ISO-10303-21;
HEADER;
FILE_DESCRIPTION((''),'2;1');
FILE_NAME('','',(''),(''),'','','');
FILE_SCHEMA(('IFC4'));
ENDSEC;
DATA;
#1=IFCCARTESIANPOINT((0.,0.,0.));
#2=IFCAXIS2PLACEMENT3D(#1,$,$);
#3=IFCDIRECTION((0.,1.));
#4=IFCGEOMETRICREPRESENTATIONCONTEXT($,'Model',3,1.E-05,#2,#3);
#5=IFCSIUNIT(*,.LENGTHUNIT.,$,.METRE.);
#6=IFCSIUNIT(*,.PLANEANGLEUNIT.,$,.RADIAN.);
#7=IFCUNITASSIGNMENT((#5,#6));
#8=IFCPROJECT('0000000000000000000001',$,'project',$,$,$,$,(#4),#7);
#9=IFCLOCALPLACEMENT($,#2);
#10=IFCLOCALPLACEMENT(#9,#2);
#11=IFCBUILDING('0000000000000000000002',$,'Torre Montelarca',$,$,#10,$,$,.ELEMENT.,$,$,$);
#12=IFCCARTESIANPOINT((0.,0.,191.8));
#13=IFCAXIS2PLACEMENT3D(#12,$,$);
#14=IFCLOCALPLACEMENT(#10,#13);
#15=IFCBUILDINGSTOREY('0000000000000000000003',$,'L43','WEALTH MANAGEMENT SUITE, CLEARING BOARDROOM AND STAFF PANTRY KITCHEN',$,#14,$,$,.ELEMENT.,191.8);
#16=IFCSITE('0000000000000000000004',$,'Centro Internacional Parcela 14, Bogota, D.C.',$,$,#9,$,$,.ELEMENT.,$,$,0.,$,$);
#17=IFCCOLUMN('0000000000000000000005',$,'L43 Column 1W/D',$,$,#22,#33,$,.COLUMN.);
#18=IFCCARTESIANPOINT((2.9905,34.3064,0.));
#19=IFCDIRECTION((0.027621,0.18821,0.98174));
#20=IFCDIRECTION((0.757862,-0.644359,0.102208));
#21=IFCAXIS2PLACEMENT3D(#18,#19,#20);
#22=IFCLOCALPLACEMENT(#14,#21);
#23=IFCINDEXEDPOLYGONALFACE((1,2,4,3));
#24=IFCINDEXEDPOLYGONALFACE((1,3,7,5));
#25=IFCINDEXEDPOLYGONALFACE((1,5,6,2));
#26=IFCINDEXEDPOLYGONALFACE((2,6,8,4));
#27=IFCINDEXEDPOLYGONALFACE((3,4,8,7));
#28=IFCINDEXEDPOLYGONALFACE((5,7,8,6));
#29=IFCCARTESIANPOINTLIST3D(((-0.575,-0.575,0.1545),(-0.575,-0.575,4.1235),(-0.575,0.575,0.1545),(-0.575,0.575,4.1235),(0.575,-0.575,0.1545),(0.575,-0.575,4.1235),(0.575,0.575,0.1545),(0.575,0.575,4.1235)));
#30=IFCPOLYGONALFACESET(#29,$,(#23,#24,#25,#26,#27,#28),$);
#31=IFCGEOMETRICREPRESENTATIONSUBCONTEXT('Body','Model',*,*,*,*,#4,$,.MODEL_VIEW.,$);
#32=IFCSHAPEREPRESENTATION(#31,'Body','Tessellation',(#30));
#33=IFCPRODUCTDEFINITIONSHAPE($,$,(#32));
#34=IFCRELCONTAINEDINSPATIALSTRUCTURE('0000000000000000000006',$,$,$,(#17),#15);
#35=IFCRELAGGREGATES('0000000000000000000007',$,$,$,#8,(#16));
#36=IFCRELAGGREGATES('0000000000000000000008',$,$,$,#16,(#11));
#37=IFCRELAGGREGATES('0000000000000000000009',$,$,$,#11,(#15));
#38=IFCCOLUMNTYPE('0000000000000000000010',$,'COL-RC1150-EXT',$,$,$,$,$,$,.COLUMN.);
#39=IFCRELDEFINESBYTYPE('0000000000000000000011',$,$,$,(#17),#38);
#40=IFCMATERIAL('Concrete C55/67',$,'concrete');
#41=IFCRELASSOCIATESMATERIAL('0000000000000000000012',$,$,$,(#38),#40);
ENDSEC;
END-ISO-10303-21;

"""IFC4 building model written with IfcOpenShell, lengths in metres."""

from ifc_helpers import new_model, si_unit, direction, frame, origin, origin_2d, place, context, subcontext, project, spatial, rectangle, extrude, clip, halfspace, material, material_profile, profile_set, type_object, element, save


model = new_model("IFC4")

# Units and contexts
model_context = context("Model", 3, precision=1e-05, world=origin(), true_north=direction((0.0, 1.0)))
body_context = subcontext(model_context, "Body", "Model", "MODEL_VIEW")
ifc_project = project(units=[si_unit("LENGTHUNIT", "METRE"), si_unit("PLANEANGLEUNIT", "RADIAN")], contexts=[model_context])

# Site, building, storey
site_placement = place(None, origin())
site = spatial("IfcSite", under=ifc_project, at=site_placement, Name="Centro Internacional Parcela 14, Bogota, D.C.", CompositionType="ELEMENT", RefElevation=0.0)
building_placement = place(site_placement, origin())
building = spatial("IfcBuilding", under=site, at=building_placement, Name="Torre Montelarca", CompositionType="ELEMENT")
storey_placement = place(building_placement, frame((0.0, 0.0, 191.8)))
storey = spatial("IfcBuildingStorey", under=building, at=storey_placement, Name="L43", Description="WEALTH MANAGEMENT SUITE, CLEARING BOARDROOM AND STAFF PANTRY KITCHEN", CompositionType="ELEMENT", Elevation=191.8)

# Column
ifc_material_1 = material(Name="Concrete C55/67", Category="concrete")
ifc_material_profile_1 = material_profile(ifc_material_1, rectangle(XDim=1.1499, YDim=1.1499, at=origin_2d()), Name="RC1150X1150", Category="concrete")
ifc_profile_set_1 = profile_set([ifc_material_profile_1], Name="Concrete C55/67")
column_type = type_object("IfcColumnType", Name="COL-RC1150-EXT", PredefinedType="COLUMN", material=ifc_profile_set_1)
column_placement = place(storey_placement, frame((2.9905, 34.3064, 0.0), z_axis=(0.027621, 0.18821, 0.98174), x_axis=(0.757862, -0.644359, 0.102208)))
element("IfcColumn", 1, at=column_placement, inside=storey, type_object=column_type, Name="L43 Column 1W/D", PredefinedType="COLUMN", context=body_context, shape_type="Clipping", body=[
    clip(clip(extrude(rectangle(XDim=1.1499, YDim=1.1499, at=origin_2d()), origin(), (0.0, 0.0, 1.0), 4.2781), halfspace(frame((0.0, 0.0, 0.1545), z_axis=(0.0, 0.0, -1.0), x_axis=(1.0, 0.0, 0.0)), False)), halfspace(frame((0.0, 0.0, 4.1235), z_axis=(0.0, 0.0, 1.0), x_axis=(1.0, 0.0, 0.0)), False)),
])

save(model, "model.ifc")
